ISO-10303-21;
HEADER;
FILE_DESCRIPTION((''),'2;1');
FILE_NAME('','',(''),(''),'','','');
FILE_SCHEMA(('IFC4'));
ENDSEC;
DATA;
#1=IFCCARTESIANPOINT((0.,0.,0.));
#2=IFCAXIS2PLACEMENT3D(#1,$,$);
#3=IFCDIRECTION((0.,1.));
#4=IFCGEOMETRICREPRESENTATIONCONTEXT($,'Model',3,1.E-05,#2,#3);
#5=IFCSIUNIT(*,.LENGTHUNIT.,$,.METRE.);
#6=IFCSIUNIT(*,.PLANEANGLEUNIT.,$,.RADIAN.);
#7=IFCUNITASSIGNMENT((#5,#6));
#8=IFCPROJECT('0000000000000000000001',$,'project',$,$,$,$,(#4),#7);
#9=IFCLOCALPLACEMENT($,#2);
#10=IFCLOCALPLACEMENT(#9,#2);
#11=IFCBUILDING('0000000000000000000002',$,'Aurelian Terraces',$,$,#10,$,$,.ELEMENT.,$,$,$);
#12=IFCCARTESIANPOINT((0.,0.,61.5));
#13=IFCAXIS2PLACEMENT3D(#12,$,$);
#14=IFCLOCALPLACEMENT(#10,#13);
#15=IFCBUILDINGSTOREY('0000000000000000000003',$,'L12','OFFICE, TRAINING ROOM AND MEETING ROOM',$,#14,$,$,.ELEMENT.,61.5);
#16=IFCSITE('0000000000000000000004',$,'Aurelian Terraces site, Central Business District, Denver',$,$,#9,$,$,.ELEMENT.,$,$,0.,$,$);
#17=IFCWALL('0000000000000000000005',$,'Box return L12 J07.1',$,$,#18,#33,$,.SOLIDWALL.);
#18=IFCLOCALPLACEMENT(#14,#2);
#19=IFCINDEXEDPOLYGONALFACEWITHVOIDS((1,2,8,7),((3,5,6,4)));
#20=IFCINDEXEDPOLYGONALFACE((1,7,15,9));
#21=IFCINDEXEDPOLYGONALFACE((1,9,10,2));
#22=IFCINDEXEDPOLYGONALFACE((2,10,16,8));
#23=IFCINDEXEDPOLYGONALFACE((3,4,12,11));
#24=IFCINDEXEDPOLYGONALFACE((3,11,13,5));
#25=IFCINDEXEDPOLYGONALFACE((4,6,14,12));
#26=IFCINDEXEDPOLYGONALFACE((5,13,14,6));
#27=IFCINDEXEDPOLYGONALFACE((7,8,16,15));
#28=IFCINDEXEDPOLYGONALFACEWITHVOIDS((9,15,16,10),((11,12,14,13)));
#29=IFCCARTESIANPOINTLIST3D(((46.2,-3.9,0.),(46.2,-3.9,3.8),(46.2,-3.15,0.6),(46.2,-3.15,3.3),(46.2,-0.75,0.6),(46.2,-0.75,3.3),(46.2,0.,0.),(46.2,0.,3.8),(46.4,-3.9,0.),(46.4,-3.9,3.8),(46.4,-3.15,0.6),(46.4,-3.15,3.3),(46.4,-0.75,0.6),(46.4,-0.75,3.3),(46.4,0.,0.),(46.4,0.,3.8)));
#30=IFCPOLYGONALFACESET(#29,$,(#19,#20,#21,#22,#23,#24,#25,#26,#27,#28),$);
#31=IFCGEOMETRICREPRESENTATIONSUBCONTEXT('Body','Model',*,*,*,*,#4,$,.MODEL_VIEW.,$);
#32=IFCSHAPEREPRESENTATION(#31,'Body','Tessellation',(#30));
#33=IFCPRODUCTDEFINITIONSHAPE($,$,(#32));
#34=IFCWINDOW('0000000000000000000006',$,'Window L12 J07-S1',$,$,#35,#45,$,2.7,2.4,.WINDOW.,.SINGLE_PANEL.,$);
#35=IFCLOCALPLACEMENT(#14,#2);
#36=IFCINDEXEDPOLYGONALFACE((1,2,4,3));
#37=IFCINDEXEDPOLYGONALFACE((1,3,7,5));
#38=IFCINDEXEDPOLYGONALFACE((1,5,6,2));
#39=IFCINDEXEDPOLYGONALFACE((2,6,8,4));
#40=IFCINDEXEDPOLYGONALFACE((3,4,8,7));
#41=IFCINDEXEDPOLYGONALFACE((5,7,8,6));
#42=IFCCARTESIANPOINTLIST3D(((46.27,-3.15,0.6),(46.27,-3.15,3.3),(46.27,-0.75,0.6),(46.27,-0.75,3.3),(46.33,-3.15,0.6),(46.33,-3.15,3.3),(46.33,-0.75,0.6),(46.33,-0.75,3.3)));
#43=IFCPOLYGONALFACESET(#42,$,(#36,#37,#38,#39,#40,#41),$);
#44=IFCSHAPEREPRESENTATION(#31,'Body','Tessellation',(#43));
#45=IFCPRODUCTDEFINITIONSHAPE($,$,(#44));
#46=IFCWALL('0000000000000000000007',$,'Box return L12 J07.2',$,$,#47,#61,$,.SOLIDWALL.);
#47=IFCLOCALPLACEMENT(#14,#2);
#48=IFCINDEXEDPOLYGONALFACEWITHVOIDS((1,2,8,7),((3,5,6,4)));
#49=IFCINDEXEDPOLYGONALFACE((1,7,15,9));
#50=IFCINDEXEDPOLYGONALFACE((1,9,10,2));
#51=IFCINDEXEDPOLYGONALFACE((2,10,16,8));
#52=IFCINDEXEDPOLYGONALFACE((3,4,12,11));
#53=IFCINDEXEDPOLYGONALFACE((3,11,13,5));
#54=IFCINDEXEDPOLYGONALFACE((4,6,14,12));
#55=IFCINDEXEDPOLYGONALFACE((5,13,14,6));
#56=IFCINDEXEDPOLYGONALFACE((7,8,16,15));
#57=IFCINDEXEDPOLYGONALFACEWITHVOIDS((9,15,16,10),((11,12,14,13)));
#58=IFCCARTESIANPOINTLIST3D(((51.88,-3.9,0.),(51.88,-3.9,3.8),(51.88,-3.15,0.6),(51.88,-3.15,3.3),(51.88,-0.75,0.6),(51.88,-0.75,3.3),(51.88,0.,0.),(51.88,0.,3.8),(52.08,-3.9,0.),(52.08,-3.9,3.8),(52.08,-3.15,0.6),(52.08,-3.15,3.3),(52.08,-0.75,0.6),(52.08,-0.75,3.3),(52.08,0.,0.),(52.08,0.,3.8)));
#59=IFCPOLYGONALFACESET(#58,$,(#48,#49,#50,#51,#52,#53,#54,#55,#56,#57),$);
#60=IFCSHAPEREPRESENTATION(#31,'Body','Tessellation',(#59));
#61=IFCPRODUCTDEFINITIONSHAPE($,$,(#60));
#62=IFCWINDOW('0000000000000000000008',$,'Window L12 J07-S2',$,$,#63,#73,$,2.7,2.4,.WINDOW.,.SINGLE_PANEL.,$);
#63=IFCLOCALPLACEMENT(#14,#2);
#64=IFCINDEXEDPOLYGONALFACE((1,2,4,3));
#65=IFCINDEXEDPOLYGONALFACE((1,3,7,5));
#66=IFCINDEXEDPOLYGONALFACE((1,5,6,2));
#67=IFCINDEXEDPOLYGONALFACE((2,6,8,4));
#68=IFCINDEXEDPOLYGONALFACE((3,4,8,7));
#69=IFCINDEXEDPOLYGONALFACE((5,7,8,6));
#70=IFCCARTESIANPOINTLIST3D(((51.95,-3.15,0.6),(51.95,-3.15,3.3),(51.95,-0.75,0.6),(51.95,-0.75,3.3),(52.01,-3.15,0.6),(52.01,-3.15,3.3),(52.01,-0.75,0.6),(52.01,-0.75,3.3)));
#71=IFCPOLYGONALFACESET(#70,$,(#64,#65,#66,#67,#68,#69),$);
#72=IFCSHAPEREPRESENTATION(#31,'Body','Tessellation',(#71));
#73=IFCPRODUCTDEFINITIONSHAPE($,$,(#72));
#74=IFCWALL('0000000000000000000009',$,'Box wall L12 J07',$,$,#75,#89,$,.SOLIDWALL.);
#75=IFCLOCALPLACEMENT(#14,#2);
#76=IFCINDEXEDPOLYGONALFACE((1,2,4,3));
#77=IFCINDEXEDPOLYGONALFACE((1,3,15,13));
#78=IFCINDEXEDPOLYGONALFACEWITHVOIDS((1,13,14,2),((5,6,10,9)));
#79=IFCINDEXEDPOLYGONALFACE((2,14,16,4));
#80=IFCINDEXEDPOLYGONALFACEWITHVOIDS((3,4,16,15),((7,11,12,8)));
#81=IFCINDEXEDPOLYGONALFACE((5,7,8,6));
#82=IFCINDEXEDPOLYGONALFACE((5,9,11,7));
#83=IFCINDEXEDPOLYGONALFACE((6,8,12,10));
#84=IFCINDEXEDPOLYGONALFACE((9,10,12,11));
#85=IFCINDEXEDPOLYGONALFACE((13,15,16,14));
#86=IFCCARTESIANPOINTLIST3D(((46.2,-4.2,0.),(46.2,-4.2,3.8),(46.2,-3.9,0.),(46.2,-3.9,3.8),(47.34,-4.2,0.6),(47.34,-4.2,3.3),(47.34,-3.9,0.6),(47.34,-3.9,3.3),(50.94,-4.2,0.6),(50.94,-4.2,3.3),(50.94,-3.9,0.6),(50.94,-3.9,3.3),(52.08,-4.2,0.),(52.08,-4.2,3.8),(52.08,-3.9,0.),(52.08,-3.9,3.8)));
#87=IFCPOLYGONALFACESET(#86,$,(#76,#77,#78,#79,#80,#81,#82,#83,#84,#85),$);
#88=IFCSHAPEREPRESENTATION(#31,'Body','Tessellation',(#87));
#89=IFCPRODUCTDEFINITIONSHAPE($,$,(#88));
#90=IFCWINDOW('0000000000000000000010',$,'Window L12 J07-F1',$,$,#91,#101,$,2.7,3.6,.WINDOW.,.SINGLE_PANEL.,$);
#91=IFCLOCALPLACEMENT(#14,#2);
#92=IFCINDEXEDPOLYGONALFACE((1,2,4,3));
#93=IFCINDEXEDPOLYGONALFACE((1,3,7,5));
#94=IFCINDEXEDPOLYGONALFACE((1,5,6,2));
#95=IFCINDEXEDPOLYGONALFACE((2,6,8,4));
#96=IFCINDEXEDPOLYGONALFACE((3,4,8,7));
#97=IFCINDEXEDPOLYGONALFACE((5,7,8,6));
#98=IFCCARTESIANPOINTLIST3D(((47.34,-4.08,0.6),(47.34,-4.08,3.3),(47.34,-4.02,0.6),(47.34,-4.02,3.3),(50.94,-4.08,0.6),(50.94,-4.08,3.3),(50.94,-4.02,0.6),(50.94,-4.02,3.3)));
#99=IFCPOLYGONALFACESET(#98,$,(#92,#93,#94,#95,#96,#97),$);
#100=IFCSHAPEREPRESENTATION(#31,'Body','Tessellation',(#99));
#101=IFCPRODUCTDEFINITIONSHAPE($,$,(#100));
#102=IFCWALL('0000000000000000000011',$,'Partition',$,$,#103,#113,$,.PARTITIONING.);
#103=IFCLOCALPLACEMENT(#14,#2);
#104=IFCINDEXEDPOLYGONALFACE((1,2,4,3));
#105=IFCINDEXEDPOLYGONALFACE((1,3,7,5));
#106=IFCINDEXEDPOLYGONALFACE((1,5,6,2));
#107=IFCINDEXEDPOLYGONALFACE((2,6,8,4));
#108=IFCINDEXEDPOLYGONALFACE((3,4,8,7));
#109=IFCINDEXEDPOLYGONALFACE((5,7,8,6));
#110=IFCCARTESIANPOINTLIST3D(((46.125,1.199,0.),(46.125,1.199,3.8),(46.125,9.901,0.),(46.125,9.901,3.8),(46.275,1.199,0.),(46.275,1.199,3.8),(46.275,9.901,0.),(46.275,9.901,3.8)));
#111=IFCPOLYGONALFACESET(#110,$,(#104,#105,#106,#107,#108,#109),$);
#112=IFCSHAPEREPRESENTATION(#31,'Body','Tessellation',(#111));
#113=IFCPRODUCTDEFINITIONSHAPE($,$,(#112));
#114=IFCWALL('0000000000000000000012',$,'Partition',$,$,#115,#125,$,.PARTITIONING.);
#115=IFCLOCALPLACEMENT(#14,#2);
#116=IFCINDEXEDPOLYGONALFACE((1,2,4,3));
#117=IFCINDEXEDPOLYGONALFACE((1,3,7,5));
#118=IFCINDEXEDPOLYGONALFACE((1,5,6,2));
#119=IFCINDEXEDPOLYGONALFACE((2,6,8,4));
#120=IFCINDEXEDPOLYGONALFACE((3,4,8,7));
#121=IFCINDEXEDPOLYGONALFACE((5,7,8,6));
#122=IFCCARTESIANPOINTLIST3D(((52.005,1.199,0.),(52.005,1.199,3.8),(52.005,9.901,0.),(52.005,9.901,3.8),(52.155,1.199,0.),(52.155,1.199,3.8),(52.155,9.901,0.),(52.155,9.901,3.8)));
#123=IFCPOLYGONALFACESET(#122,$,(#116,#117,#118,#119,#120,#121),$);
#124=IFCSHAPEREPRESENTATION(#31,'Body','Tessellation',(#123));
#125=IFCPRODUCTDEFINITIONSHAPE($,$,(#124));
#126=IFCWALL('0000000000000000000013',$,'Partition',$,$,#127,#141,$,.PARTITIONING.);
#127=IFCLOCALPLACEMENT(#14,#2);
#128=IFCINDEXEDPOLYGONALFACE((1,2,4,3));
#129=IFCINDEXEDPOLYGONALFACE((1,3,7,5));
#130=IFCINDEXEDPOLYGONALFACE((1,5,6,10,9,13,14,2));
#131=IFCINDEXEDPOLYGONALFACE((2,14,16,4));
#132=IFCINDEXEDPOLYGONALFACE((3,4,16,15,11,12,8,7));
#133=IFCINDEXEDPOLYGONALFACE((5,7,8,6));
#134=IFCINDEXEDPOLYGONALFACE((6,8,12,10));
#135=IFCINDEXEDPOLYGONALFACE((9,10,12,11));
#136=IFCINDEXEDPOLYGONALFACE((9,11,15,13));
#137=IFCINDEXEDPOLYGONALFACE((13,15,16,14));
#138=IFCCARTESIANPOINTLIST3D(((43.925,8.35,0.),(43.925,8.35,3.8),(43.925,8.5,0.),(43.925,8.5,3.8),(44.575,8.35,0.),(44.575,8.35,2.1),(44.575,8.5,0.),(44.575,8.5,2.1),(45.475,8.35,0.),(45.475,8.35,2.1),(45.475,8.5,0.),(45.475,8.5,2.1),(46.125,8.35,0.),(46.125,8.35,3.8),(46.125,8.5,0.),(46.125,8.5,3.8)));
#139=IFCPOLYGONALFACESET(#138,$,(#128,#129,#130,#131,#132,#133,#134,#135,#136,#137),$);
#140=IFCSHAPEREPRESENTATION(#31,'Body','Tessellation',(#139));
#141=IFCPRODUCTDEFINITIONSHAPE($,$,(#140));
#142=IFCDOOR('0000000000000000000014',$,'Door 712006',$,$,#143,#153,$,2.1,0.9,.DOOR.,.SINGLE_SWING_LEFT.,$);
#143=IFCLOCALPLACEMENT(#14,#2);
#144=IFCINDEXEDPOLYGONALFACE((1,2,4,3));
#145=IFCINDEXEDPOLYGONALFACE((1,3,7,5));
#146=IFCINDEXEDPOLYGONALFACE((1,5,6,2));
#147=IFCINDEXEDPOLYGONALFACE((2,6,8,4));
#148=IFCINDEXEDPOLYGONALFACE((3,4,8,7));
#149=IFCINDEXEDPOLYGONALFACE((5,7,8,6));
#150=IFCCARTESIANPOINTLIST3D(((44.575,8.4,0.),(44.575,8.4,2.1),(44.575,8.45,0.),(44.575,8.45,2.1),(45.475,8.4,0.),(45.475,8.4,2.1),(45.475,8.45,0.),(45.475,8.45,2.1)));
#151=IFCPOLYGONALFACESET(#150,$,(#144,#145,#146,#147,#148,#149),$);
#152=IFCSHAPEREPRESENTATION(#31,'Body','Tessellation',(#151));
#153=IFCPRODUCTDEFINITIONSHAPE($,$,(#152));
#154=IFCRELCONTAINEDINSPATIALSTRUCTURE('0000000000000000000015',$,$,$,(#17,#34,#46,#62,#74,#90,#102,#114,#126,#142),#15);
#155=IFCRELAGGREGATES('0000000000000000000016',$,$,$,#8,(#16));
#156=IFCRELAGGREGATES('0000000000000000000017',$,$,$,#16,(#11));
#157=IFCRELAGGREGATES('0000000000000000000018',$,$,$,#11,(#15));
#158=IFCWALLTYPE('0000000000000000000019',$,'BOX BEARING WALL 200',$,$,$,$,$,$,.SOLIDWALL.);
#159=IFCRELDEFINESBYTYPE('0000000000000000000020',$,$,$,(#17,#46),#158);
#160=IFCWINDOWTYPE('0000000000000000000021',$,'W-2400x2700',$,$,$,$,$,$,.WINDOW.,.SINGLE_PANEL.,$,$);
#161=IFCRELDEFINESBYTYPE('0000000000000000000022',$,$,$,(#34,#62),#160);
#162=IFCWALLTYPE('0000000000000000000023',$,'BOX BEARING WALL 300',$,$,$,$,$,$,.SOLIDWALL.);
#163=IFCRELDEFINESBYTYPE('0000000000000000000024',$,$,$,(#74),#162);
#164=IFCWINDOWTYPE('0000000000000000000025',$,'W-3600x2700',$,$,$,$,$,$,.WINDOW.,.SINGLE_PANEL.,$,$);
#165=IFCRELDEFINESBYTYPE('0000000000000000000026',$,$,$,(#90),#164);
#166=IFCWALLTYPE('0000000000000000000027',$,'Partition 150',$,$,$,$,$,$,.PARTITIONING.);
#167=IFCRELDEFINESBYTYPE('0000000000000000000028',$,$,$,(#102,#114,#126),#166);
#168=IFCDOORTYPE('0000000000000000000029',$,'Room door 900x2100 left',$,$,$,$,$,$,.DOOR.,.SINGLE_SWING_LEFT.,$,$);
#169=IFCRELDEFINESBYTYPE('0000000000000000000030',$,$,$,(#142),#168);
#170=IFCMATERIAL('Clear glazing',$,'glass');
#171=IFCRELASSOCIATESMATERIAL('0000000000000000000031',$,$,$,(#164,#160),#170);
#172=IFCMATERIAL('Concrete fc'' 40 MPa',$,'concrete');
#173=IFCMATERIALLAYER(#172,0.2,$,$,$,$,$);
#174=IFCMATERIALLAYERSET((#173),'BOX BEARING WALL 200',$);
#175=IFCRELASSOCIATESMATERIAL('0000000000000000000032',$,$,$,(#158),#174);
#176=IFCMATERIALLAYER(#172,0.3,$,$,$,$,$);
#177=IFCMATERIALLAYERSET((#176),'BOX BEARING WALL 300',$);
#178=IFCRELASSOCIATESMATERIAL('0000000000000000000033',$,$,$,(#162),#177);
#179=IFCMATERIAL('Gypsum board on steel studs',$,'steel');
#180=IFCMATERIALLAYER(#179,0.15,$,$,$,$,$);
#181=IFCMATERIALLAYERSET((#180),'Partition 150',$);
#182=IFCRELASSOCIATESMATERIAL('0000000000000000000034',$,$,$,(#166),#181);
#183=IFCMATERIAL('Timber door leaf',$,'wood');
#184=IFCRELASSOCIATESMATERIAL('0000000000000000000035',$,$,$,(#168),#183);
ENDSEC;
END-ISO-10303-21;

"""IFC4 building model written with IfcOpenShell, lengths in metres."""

from ifc_helpers import new_model, si_unit, direction, frame, frame_2d, origin, place, context, subcontext, project, spatial, rectangle, extrude, source, transform, mapped, material, layer, layer_set, type_object, element, fill, save


model = new_model("IFC4")

# Units and contexts
model_context = context("Model", 3, precision=1e-05, world=origin(), true_north=direction((0.0, 1.0)))
body_context = subcontext(model_context, "Body", "Model", "MODEL_VIEW")
ifc_project = project(units=[si_unit("LENGTHUNIT", "METRE"), si_unit("PLANEANGLEUNIT", "RADIAN")], contexts=[model_context])

# Site, building, storey
site_placement = place(None, origin())
site = spatial("IfcSite", under=ifc_project, at=site_placement, Name="Aurelian Terraces site, Central Business District, Denver", CompositionType="ELEMENT", RefElevation=0.0)
building_placement = place(site_placement, origin())
building = spatial("IfcBuilding", under=site, at=building_placement, Name="Aurelian Terraces", CompositionType="ELEMENT")
storey_placement = place(building_placement, frame((0.0, 0.0, 61.5)))
storey = spatial("IfcBuildingStorey", under=building, at=storey_placement, Name="L12", Description="OFFICE, TRAINING ROOM AND MEETING ROOM", CompositionType="ELEMENT", Elevation=61.5)

# Shared definitions
ifc_material_1 = material(Name="Timber door leaf", Category="wood")

# Walls, openings, windows
shared_shape_1 = source(origin(), body_context, "Body", "SweptSolid", [
    extrude(rectangle(XDim=3.6, YDim=2.7, at=frame_2d((1.8, 1.35))), frame((0.0, 0.16, 0.0), z_axis=(0.0, -1.0, 0.0), x_axis=(1.0, 0.0, 0.0)), (0.0, 0.0, 1.0), 0.32),
])
ifc_material_2 = material(Name="Clear glazing", Category="glass")
window_type_1 = type_object("IfcWindowType", Name="W-3600x2700", PartitioningType="SINGLE_PANEL", PredefinedType="WINDOW", material=ifc_material_2)
shared_shape_2 = source(origin(), body_context, "Body", "SweptSolid", [
    extrude(rectangle(XDim=3.6, YDim=2.7, at=frame_2d((1.8, 1.35))), frame((0.0, 0.03, 0.0), z_axis=(0.0, -1.0, 0.0), x_axis=(1.0, 0.0, 0.0)), (0.0, 0.0, 1.0), 0.06),
])
ifc_material_3 = material(Name="Concrete fc' 40 MPa", Category="concrete")
ifc_layer_1 = layer(ifc_material_3, 0.2)
ifc_layer_set_1 = layer_set([ifc_layer_1], Name="BOX BEARING WALL 200")
wall_type_1 = type_object("IfcWallType", Name="BOX BEARING WALL 200", PredefinedType="SOLIDWALL", material=ifc_layer_set_1)
shared_shape_3 = source(origin(), body_context, "Body", "SweptSolid", [
    extrude(rectangle(XDim=3.9, YDim=0.2, at=frame_2d((1.95, 0.0))), origin(), (0.0, 0.0, 1.0), 3.8),
])
wall_1_placement = place(storey_placement, frame((46.3, 0.0, 0.0), z_axis=(0.0, 0.0, 1.0), x_axis=(0.0, -1.0, 0.0)))
wall_1 = element("IfcWall", 1, at=wall_1_placement, inside=storey, type_object=wall_type_1, Name="Box return L12 J07.1", PredefinedType="SOLIDWALL", context=body_context, shape_type="MappedRepresentation", body=[
    mapped(shared_shape_3, transform((0.0, 0.0, 0.0), scale=1.0)),
])
shared_shape_4 = source(origin(), body_context, "Body", "SweptSolid", [
    extrude(rectangle(XDim=2.4, YDim=2.7, at=frame_2d((1.2, 1.35))), frame((0.0, 0.11, 0.0), z_axis=(0.0, -1.0, 0.0), x_axis=(1.0, 0.0, 0.0)), (0.0, 0.0, 1.0), 0.22),
])
opening_1_placement = place(wall_1_placement, frame((0.75, 0.0, 0.6)))
opening_1 = element("IfcOpeningElement", 2, at=opening_1_placement, cuts=wall_1, PredefinedType="OPENING", context=body_context, shape_type="MappedRepresentation", body=[
    mapped(shared_shape_4, transform((0.0, 0.0, 0.0), scale=1.0)),
])
window_type_2 = type_object("IfcWindowType", Name="W-2400x2700", PartitioningType="SINGLE_PANEL", PredefinedType="WINDOW", material=ifc_material_2)
shared_shape_5 = source(origin(), body_context, "Body", "SweptSolid", [
    extrude(rectangle(XDim=2.4, YDim=2.7, at=frame_2d((1.2, 1.35))), frame((0.0, 0.03, 0.0), z_axis=(0.0, -1.0, 0.0), x_axis=(1.0, 0.0, 0.0)), (0.0, 0.0, 1.0), 0.06),
])
window_1_placement = place(opening_1_placement, origin())
window_1 = element("IfcWindow", 3, at=window_1_placement, inside=storey, type_object=window_type_2, Name="Window L12 J07-S1", OverallHeight=2.7, OverallWidth=2.4, PartitioningType="SINGLE_PANEL", PredefinedType="WINDOW", context=body_context, shape_type="MappedRepresentation", body=[
    mapped(shared_shape_5, transform((0.0, 0.0, 0.0), scale=1.0)),
])
fill(opening_1, window_1)
wall_2_placement = place(storey_placement, frame((51.98, 0.0, 0.0), z_axis=(0.0, 0.0, 1.0), x_axis=(0.0, -1.0, 0.0)))
wall_2 = element("IfcWall", 4, at=wall_2_placement, inside=storey, type_object=wall_type_1, Name="Box return L12 J07.2", PredefinedType="SOLIDWALL", context=body_context, shape_type="MappedRepresentation", body=[
    mapped(shared_shape_3, transform((0.0, 0.0, 0.0), scale=1.0)),
])
opening_2_placement = place(wall_2_placement, frame((0.75, 0.0, 0.6)))
opening_2 = element("IfcOpeningElement", 5, at=opening_2_placement, cuts=wall_2, PredefinedType="OPENING", context=body_context, shape_type="MappedRepresentation", body=[
    mapped(shared_shape_4, transform((0.0, 0.0, 0.0), scale=1.0)),
])
window_2_placement = place(opening_2_placement, origin())
window_2 = element("IfcWindow", 6, at=window_2_placement, inside=storey, type_object=window_type_2, Name="Window L12 J07-S2", OverallHeight=2.7, OverallWidth=2.4, PartitioningType="SINGLE_PANEL", PredefinedType="WINDOW", context=body_context, shape_type="MappedRepresentation", body=[
    mapped(shared_shape_5, transform((0.0, 0.0, 0.0), scale=1.0)),
])
fill(opening_2, window_2)
ifc_layer_2 = layer(ifc_material_3, 0.3)
ifc_layer_set_2 = layer_set([ifc_layer_2], Name="BOX BEARING WALL 300")
wall_type_2 = type_object("IfcWallType", Name="BOX BEARING WALL 300", PredefinedType="SOLIDWALL", material=ifc_layer_set_2)
shared_shape_6 = source(origin(), body_context, "Body", "SweptSolid", [
    extrude(rectangle(XDim=5.88, YDim=0.3, at=frame_2d((2.94, 0.0))), origin(), (0.0, 0.0, 1.0), 3.8),
])
wall_3_placement = place(storey_placement, frame((46.2, -4.05, 0.0), z_axis=(0.0, 0.0, 1.0), x_axis=(1.0, 0.0, 0.0)))
wall_3 = element("IfcWall", 7, at=wall_3_placement, inside=storey, type_object=wall_type_2, Name="Box wall L12 J07", PredefinedType="SOLIDWALL", context=body_context, shape_type="MappedRepresentation", body=[
    mapped(shared_shape_6, transform((0.0, 0.0, 0.0), scale=1.0)),
])
opening_3_placement = place(wall_3_placement, frame((1.14, 0.0, 0.6)))
opening_3 = element("IfcOpeningElement", 8, at=opening_3_placement, cuts=wall_3, PredefinedType="OPENING", context=body_context, shape_type="MappedRepresentation", body=[
    mapped(shared_shape_1, transform((0.0, 0.0, 0.0), scale=1.0)),
])
window_3_placement = place(opening_3_placement, origin())
window_3 = element("IfcWindow", 9, at=window_3_placement, inside=storey, type_object=window_type_1, Name="Window L12 J07-F1", OverallHeight=2.7, OverallWidth=3.6, PartitioningType="SINGLE_PANEL", PredefinedType="WINDOW", context=body_context, shape_type="MappedRepresentation", body=[
    mapped(shared_shape_2, transform((0.0, 0.0, 0.0), scale=1.0)),
])
fill(opening_3, window_3)

# Walls
ifc_material_4 = material(Name="Gypsum board on steel studs", Category="steel")
ifc_layer_3 = layer(ifc_material_4, 0.15)
ifc_layer_set_3 = layer_set([ifc_layer_3], Name="Partition 150")
wall_type_3 = type_object("IfcWallType", Name="Partition 150", PredefinedType="PARTITIONING", material=ifc_layer_set_3)
shared_shape_7 = source(origin(), body_context, "Body", "SweptSolid", [
    extrude(rectangle(XDim=8.702, YDim=0.15, at=frame_2d((4.351, 0.0))), origin(), (0.0, 0.0, 1.0), 3.8),
])
for number, where, z_axis, x_axis, name in (
    (10, (46.2, 1.199, 0.0), (0.0, 0.0, 1.0), (0.0, 1.0, 0.0), "Partition"),
    (11, (52.08, 1.199, 0.0), (0.0, 0.0, 1.0), (0.0, 1.0, 0.0), "Partition"),
):
    element("IfcWall", number, at=place(storey_placement, frame(where, z_axis=z_axis, x_axis=x_axis)), inside=storey, type_object=wall_type_3, Name=name, PredefinedType="PARTITIONING", context=body_context, shape_type="MappedRepresentation", body=[
        mapped(shared_shape_7, transform((0.0, 0.0, 0.0), scale=1.0)),
    ])

# Wall, opening, door
shared_shape_8 = source(origin(), body_context, "Body", "SweptSolid", [
    extrude(rectangle(XDim=2.2, YDim=0.15, at=frame_2d((1.1, 0.0))), origin(), (0.0, 0.0, 1.0), 3.8),
])
wall_4_placement = place(storey_placement, frame((46.125, 8.425, 0.0), z_axis=(0.0, 0.0, 1.0), x_axis=(-1.0, 0.0, 0.0)))
wall_4 = element("IfcWall", 12, at=wall_4_placement, inside=storey, type_object=wall_type_3, Name="Partition", PredefinedType="PARTITIONING", context=body_context, shape_type="MappedRepresentation", body=[
    mapped(shared_shape_8, transform((0.0, 0.0, 0.0), scale=1.0)),
])
shared_shape_9 = source(origin(), body_context, "Body", "SweptSolid", [
    extrude(rectangle(XDim=0.9, YDim=2.1, at=frame_2d((0.45, 1.05))), frame((0.0, 0.085, 0.0), z_axis=(0.0, -1.0, 0.0), x_axis=(1.0, 0.0, 0.0)), (0.0, 0.0, 1.0), 0.17),
])
opening_4_placement = place(wall_4_placement, frame((0.65, 0.0, 0.0)))
opening_4 = element("IfcOpeningElement", 13, at=opening_4_placement, cuts=wall_4, PredefinedType="OPENING", context=body_context, shape_type="MappedRepresentation", body=[
    mapped(shared_shape_9, transform((0.0, 0.0, 0.0), scale=1.0)),
])
door_type_1 = type_object("IfcDoorType", Name="Room door 900x2100 left", OperationType="SINGLE_SWING_LEFT", PredefinedType="DOOR", material=ifc_material_1)
shared_shape_10 = source(origin(), body_context, "Body", "SweptSolid", [
    extrude(rectangle(XDim=0.9, YDim=2.1, at=frame_2d((0.45, 1.05))), frame((0.0, 0.025, 0.0), z_axis=(0.0, -1.0, 0.0), x_axis=(1.0, 0.0, 0.0)), (0.0, 0.0, 1.0), 0.05),
])
door_1_placement = place(opening_4_placement, origin())
door_1 = element("IfcDoor", 14, at=door_1_placement, inside=storey, type_object=door_type_1, Name="Door 712006", OperationType="SINGLE_SWING_LEFT", OverallHeight=2.1, OverallWidth=0.9, PredefinedType="DOOR", context=body_context, shape_type="MappedRepresentation", body=[
    mapped(shared_shape_10, transform((0.0, 0.0, 0.0), scale=1.0)),
])
fill(opening_4, door_1)

save(model, "model.ifc")
